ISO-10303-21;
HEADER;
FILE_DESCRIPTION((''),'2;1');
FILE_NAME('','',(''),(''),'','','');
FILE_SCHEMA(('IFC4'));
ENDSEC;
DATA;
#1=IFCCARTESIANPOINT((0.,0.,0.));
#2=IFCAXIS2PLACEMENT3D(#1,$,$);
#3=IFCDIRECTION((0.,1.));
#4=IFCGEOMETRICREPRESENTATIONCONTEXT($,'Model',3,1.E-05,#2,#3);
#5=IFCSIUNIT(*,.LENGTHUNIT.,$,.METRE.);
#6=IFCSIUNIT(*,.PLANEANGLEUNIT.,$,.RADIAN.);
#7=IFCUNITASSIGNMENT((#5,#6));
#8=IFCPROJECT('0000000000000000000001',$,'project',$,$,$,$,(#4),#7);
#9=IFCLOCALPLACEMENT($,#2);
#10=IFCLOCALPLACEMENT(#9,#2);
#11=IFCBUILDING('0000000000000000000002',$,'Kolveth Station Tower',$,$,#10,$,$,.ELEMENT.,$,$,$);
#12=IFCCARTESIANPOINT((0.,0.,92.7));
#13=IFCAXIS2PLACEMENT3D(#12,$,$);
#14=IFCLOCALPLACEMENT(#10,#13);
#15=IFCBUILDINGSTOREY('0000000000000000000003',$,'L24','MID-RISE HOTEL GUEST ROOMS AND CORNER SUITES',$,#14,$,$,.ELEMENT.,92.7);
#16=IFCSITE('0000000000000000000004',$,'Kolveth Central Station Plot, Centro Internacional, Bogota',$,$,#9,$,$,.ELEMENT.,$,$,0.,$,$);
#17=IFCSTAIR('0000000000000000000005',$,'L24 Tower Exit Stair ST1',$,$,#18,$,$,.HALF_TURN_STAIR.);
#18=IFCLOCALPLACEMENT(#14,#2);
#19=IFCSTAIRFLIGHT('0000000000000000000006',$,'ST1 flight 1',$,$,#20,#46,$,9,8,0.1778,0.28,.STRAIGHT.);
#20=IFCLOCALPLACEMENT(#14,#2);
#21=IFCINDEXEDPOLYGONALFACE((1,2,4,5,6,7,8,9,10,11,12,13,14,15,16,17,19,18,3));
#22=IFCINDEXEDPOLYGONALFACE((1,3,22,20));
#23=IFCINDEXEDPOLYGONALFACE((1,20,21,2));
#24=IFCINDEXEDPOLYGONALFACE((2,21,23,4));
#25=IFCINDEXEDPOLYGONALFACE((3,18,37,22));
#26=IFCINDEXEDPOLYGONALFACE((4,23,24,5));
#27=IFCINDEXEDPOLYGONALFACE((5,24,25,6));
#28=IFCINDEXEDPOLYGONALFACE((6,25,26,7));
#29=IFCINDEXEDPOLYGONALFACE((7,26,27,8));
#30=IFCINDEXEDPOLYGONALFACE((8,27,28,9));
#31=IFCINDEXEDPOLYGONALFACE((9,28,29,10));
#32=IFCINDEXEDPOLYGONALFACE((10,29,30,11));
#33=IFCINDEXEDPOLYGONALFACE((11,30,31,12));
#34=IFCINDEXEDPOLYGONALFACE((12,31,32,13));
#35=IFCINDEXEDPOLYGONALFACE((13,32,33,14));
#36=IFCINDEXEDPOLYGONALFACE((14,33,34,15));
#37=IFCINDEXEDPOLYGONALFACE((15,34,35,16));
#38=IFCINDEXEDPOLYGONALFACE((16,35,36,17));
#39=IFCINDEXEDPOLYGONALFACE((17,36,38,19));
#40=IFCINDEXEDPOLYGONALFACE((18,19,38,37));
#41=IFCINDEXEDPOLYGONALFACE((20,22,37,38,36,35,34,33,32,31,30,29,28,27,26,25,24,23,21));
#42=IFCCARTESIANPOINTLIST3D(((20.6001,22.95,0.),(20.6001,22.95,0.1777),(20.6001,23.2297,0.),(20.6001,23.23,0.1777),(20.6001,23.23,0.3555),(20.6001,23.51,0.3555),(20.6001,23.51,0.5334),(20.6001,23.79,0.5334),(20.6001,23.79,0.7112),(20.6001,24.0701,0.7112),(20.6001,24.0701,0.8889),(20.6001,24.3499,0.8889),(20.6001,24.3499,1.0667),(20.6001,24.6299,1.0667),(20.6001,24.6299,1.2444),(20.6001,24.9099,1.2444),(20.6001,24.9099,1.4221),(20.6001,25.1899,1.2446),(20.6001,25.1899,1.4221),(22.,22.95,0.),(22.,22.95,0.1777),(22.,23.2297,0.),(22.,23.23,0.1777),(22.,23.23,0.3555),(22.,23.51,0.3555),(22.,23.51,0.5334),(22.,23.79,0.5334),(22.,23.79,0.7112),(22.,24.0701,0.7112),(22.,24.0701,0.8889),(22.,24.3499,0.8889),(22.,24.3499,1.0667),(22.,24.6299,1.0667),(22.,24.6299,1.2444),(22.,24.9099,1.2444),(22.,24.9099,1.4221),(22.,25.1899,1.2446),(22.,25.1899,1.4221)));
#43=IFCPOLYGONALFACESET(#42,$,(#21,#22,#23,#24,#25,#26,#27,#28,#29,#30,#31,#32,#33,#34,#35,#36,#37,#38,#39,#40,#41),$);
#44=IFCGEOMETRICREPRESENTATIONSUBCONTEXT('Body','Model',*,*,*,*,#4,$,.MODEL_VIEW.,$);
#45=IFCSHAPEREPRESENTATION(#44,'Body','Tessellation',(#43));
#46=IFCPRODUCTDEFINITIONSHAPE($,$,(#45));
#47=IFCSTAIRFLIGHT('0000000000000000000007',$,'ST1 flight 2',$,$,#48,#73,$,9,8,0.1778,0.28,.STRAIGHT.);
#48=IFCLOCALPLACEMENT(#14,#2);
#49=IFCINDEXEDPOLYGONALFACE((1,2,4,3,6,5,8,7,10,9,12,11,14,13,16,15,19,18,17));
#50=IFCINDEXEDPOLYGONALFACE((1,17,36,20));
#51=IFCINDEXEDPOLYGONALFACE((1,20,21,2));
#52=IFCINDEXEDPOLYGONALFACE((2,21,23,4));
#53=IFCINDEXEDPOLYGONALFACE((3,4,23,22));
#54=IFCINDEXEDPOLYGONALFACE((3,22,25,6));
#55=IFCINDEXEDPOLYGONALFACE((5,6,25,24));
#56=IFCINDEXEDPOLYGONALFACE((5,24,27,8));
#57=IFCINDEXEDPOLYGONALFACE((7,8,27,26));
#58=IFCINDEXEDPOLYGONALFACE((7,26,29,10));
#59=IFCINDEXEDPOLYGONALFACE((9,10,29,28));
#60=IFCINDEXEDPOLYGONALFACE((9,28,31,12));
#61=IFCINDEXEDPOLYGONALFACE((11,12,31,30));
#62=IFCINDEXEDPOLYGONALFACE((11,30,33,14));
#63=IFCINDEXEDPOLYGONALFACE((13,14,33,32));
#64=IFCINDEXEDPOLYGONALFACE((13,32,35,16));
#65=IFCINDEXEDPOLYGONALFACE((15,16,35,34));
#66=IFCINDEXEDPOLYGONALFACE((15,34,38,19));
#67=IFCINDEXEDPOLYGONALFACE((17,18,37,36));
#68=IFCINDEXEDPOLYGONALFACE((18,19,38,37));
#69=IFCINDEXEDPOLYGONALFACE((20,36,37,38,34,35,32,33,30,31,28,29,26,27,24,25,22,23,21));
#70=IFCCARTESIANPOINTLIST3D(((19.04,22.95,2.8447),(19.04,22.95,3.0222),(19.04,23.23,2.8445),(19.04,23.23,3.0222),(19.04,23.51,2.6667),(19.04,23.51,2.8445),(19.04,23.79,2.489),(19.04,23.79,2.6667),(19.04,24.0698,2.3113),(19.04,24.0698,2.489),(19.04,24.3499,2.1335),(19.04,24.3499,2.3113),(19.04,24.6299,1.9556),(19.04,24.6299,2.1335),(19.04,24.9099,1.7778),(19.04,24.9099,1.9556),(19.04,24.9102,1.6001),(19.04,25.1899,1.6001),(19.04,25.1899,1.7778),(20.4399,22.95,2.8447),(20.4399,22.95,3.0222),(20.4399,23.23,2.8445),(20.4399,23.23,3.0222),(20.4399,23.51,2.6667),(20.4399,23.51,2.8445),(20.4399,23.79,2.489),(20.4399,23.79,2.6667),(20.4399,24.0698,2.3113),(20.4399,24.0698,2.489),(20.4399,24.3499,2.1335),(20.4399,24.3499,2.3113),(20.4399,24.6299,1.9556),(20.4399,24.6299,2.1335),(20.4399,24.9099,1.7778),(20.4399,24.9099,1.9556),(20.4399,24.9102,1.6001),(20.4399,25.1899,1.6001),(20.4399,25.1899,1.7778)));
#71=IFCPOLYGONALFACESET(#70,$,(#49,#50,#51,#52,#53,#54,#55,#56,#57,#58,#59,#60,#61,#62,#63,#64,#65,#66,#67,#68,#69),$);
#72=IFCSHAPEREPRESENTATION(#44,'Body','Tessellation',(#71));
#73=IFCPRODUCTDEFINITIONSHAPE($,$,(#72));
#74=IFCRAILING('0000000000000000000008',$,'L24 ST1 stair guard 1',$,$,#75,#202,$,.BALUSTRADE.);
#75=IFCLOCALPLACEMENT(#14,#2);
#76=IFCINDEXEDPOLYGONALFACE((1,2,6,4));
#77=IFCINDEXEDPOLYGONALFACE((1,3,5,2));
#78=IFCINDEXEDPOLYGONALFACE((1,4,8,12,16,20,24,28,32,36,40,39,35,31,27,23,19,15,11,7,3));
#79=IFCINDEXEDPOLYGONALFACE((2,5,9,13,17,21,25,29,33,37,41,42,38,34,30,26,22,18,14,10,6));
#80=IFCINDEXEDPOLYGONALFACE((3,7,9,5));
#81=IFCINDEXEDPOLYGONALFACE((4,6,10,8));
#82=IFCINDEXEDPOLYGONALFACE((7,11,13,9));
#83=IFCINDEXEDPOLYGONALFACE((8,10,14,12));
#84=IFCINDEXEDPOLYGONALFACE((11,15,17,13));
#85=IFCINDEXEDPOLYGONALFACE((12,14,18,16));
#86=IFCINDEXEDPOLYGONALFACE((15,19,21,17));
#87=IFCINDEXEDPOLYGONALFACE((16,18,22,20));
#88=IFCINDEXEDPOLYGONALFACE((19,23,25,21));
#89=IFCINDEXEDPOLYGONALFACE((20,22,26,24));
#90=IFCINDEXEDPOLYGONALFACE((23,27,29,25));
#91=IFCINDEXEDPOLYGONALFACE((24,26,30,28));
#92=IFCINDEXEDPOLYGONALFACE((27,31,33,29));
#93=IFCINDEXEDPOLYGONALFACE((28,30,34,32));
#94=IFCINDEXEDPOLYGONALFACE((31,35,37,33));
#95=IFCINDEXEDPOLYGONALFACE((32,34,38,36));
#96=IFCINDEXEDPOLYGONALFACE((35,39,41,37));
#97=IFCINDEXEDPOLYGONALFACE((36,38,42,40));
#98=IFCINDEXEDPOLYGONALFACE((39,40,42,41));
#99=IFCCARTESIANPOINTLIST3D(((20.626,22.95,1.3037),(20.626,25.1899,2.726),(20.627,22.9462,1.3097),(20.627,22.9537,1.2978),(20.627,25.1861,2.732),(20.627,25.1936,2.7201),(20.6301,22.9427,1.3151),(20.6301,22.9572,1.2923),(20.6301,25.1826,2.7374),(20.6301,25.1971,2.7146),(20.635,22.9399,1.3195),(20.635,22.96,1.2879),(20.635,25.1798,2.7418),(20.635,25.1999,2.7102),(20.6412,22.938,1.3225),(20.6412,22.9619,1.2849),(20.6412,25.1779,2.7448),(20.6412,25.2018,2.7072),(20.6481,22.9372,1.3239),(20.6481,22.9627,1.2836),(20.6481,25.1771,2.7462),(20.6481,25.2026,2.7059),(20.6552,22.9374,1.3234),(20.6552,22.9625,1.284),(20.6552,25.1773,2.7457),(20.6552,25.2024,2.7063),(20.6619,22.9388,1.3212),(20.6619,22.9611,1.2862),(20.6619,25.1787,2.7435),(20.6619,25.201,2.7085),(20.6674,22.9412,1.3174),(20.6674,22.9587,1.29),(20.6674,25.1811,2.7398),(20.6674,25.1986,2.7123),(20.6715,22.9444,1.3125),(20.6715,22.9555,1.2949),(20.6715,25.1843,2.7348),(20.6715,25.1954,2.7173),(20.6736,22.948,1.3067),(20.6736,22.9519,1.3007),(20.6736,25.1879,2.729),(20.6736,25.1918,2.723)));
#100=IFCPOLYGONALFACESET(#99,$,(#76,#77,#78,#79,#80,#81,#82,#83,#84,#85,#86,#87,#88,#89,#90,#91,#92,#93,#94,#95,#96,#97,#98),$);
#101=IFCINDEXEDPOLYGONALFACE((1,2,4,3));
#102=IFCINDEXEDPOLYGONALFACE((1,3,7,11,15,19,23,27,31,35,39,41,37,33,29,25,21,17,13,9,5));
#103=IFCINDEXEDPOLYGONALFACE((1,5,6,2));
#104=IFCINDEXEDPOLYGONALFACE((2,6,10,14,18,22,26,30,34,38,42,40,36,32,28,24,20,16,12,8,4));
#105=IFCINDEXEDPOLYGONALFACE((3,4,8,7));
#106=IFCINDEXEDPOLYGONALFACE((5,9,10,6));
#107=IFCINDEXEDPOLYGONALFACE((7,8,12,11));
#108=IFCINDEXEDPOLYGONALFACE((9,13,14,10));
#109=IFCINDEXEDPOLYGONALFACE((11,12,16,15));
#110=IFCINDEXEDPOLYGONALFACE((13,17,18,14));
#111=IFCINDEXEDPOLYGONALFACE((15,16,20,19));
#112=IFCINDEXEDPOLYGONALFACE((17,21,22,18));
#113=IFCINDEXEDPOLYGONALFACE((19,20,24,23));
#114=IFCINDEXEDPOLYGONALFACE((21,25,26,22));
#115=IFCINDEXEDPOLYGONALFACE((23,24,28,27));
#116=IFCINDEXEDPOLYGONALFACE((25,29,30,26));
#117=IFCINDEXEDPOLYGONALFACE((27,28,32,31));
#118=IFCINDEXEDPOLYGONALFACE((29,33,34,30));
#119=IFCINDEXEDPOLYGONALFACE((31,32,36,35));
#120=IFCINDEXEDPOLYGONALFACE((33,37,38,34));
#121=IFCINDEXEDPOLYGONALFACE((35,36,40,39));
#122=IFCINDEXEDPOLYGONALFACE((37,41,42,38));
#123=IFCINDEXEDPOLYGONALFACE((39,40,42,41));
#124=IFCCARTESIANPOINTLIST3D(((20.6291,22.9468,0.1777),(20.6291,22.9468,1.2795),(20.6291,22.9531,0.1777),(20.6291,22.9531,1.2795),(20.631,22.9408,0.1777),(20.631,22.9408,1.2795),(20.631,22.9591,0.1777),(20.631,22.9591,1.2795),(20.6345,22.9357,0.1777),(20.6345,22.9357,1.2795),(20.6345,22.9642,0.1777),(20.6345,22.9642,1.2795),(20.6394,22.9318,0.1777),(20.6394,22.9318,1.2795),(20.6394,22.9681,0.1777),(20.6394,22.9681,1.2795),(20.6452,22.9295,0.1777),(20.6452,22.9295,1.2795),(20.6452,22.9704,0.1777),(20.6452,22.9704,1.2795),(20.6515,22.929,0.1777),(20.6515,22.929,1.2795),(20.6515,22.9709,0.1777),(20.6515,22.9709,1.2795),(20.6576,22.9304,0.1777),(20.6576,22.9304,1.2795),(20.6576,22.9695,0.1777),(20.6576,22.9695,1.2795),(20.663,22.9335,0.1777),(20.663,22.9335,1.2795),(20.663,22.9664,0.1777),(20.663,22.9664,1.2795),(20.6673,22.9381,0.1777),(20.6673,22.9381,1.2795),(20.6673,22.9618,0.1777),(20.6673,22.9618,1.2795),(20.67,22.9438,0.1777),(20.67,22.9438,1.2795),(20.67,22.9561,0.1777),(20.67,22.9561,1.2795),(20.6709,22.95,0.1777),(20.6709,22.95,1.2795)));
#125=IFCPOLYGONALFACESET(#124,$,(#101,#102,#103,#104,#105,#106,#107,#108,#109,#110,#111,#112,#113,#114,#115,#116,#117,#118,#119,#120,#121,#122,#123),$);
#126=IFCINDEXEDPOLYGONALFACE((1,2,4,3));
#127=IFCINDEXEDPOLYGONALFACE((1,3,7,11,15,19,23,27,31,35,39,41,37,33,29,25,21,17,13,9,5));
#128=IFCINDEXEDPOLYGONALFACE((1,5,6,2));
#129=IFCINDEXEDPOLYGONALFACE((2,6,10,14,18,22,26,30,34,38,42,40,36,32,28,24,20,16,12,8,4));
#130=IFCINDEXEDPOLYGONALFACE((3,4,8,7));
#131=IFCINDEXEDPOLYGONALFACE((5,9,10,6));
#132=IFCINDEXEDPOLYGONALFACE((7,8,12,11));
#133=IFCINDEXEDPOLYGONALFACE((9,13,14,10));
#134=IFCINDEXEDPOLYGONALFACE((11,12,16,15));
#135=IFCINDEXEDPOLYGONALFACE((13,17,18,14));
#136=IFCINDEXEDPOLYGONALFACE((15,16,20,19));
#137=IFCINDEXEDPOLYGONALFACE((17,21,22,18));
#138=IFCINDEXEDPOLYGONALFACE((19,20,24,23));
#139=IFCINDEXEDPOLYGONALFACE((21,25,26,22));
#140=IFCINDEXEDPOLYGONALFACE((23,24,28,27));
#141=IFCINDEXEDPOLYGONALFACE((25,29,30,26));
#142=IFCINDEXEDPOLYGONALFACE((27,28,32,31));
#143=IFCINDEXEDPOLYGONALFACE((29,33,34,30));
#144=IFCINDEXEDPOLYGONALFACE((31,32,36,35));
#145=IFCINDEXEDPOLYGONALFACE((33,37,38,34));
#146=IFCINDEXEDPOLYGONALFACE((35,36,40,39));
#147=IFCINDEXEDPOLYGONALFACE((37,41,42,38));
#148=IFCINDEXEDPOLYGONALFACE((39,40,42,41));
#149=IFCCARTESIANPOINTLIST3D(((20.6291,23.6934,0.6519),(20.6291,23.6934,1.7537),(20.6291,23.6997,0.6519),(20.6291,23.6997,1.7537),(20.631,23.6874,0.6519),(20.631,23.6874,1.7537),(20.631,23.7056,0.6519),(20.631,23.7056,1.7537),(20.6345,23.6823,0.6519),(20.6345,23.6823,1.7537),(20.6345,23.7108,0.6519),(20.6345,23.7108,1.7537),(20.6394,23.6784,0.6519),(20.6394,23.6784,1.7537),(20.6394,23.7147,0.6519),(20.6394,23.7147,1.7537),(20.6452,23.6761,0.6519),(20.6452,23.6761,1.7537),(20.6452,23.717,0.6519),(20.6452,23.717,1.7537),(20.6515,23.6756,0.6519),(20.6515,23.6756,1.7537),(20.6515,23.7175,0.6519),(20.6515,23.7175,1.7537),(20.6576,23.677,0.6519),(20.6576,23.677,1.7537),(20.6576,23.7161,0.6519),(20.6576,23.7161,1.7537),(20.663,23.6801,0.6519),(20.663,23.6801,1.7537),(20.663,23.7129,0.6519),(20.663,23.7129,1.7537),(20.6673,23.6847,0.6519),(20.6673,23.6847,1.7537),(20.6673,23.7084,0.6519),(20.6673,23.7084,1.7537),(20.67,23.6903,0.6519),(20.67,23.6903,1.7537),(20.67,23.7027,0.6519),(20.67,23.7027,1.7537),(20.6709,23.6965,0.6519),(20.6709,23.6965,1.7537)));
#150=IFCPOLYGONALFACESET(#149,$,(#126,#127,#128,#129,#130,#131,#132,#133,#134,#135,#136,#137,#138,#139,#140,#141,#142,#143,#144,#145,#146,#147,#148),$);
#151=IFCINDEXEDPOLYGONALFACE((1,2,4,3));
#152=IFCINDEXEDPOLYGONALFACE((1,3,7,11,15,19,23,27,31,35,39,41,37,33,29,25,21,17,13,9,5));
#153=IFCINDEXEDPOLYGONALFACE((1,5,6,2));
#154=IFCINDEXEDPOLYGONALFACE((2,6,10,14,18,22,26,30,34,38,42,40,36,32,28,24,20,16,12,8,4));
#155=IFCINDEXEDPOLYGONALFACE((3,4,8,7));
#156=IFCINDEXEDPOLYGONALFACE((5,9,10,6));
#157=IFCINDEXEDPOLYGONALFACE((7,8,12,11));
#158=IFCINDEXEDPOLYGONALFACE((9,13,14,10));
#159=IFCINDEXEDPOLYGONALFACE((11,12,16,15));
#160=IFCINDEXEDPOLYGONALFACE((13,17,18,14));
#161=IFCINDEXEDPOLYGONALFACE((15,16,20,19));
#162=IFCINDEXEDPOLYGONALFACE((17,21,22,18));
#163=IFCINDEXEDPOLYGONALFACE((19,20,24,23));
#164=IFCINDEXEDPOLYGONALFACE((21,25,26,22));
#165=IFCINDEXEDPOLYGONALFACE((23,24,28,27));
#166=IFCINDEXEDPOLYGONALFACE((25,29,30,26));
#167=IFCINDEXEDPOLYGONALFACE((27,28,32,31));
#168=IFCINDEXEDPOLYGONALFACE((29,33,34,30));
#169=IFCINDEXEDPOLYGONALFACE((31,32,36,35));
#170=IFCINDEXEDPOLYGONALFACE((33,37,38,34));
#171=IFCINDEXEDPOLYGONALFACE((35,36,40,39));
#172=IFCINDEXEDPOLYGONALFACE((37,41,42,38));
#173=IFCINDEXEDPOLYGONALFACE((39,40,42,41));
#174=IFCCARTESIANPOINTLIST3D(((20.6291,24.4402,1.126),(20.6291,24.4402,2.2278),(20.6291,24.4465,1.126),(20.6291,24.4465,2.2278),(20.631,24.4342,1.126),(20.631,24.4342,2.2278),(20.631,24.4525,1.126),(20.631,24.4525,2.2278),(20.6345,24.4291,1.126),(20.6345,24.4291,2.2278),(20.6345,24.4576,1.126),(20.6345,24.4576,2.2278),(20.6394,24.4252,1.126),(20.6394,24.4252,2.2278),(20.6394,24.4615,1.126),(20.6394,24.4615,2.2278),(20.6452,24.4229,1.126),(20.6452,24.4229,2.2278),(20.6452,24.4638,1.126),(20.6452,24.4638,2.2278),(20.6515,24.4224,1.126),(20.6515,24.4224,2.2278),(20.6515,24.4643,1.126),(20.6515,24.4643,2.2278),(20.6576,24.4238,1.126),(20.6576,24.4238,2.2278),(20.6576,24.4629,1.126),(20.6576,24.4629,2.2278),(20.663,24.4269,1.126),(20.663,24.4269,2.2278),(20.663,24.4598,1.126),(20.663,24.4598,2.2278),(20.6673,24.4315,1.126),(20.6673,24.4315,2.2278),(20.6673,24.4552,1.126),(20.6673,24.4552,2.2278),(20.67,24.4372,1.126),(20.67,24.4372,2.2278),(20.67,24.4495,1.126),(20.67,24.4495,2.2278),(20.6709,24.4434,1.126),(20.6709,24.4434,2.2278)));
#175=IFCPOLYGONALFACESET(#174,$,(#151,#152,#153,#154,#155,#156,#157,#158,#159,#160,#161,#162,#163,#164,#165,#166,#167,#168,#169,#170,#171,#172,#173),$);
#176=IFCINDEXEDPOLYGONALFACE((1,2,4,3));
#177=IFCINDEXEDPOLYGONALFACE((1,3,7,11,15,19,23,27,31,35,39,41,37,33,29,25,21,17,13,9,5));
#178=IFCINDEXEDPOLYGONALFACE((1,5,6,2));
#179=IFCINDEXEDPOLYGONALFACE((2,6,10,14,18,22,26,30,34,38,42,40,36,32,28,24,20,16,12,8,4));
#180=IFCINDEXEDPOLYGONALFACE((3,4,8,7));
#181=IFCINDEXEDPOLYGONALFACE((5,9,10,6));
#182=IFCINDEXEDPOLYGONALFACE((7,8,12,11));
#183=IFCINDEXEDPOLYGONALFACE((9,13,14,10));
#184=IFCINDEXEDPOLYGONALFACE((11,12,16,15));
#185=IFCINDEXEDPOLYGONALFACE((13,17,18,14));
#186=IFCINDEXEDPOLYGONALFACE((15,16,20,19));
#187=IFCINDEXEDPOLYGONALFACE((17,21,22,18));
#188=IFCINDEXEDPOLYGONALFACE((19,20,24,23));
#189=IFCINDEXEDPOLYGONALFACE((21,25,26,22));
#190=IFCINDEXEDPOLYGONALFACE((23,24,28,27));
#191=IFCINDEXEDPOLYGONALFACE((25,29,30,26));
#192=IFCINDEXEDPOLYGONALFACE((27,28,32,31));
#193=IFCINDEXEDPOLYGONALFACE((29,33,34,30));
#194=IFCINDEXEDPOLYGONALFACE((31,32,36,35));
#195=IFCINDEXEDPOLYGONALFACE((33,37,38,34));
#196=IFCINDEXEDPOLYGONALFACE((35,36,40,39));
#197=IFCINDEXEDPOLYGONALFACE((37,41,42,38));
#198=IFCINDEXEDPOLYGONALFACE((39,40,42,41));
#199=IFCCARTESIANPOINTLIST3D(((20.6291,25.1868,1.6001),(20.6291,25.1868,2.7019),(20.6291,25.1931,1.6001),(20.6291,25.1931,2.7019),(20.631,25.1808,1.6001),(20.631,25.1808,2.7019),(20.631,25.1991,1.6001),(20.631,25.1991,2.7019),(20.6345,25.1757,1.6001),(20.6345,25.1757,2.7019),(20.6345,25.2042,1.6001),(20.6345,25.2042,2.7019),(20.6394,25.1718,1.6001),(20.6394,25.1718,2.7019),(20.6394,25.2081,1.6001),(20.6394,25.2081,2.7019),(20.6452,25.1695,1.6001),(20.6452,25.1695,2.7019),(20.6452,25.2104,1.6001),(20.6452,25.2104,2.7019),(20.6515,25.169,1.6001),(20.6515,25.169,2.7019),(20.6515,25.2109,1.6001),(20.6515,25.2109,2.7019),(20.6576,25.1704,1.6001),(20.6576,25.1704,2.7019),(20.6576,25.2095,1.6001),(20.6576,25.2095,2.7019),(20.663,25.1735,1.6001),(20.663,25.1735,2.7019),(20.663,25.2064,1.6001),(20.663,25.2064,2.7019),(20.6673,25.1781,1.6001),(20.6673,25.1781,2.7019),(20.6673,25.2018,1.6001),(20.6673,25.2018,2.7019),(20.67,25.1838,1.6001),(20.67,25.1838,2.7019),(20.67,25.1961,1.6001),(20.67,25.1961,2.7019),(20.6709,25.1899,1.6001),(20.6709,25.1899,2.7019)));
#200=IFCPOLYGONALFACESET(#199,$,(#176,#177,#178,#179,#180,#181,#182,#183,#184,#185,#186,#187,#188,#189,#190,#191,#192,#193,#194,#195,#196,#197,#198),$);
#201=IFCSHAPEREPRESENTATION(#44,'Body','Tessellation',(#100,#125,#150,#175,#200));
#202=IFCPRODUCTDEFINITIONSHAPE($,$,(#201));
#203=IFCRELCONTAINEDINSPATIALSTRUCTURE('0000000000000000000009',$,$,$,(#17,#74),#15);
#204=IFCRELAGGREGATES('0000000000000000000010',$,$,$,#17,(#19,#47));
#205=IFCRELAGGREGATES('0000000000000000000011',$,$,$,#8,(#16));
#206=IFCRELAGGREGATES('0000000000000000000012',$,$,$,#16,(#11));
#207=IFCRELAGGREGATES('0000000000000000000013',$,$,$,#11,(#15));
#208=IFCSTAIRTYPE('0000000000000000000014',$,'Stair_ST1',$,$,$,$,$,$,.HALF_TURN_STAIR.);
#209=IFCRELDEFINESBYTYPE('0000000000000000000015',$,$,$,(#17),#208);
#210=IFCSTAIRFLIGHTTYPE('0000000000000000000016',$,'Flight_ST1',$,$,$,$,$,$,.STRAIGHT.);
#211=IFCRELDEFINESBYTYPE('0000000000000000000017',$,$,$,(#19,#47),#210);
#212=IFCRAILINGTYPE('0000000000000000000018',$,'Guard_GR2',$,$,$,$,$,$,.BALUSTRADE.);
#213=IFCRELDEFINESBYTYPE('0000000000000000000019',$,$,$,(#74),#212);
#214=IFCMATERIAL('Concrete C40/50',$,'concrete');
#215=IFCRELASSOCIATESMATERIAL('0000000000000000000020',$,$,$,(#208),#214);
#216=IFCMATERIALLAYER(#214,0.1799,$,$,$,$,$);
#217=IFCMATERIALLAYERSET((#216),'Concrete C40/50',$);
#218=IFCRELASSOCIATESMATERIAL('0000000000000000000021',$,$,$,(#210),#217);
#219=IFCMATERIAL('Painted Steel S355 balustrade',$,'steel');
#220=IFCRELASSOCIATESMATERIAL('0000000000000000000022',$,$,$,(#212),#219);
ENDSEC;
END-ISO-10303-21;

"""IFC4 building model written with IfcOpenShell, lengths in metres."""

from ifc_helpers import new_model, si_unit, direction, frame, origin, origin_2d, place, context, subcontext, project, spatial, polyline, circle, outline, extrude, material, layer, layer_set, type_object, element, aggregate, save


model = new_model("IFC4")

# Units and contexts
model_context = context("Model", 3, precision=1e-05, world=origin(), true_north=direction((0.0, 1.0)))
body_context = subcontext(model_context, "Body", "Model", "MODEL_VIEW")
ifc_project = project(units=[si_unit("LENGTHUNIT", "METRE"), si_unit("PLANEANGLEUNIT", "RADIAN")], contexts=[model_context])

# Site, building, storey
site_placement = place(None, origin())
site = spatial("IfcSite", under=ifc_project, at=site_placement, Name="Kolveth Central Station Plot, Centro Internacional, Bogota", CompositionType="ELEMENT", RefElevation=0.0)
building_placement = place(site_placement, origin())
building = spatial("IfcBuilding", under=site, at=building_placement, Name="Kolveth Station Tower", CompositionType="ELEMENT")
storey_placement = place(building_placement, frame((0.0, 0.0, 92.7)))
storey = spatial("IfcBuildingStorey", under=building, at=storey_placement, Name="L24", Description="MID-RISE HOTEL GUEST ROOMS AND CORNER SUITES", CompositionType="ELEMENT", Elevation=92.7)

# Shared definitions
ifc_material_1 = material(Name="Concrete C40/50", Category="concrete")

# Stair, stair flights
stair_type = type_object("IfcStairType", Name="Stair_ST1", PredefinedType="HALF_TURN_STAIR", material=ifc_material_1)
stair_placement = place(storey_placement, origin())
stair = element("IfcStair", 1, at=stair_placement, inside=storey, type_object=stair_type, Name="L24 Tower Exit Stair ST1", PredefinedType="HALF_TURN_STAIR")
ifc_layer_1 = layer(ifc_material_1, 0.1799)
ifc_layer_set_1 = layer_set([ifc_layer_1], Name="Concrete C40/50")
stair_flight_type = type_object("IfcStairFlightType", Name="Flight_ST1", PredefinedType="STRAIGHT", material=ifc_layer_set_1)
stair_flight_1_placement = place(storey_placement, frame((21.3, 22.95, 0.0), z_axis=(0.0, 0.0, 1.0), x_axis=(0.0, 1.0, 0.0)))
stair_flight_1 = element("IfcStairFlight", 2, at=stair_flight_1_placement, type_object=stair_flight_type, Name="ST1 flight 1", NumberOfRisers=9, NumberOfTreads=8, PredefinedType="STRAIGHT", RiserHeight=0.1778, TreadLength=0.28, context=body_context, shape_type="SweptSolid", body=[
    extrude(outline(polyline([(0.0, 0.0), (0.0, 0.1777), (0.28, 0.1777), (0.28, 0.3555), (0.5601, 0.3555), (0.5601, 0.5334), (0.8401, 0.5334), (0.8401, 0.7112), (1.1201, 0.7112), (1.1201, 0.8889), (1.3999, 0.8889), (1.3999, 1.0667), (1.6799, 1.0667), (1.6799, 1.2444), (1.96, 1.2444), (1.96, 1.4221), (2.24, 1.4221), (2.24, 1.6001), (2.24, 1.2446), (0.2798, 0.0), (0.0, 0.0)])), frame((0.0, 0.7, 0.0), z_axis=(0.0, -1.0, 0.0), x_axis=(1.0, 0.0, 0.0)), (0.0, 0.0, 1.0), 1.3999),
])
stair_flight_2_placement = place(storey_placement, frame((19.74, 25.1899, 1.6001), z_axis=(0.0, 0.0, 1.0), x_axis=(0.0, -1.0, 0.0)))
stair_flight_2 = element("IfcStairFlight", 3, at=stair_flight_2_placement, type_object=stair_flight_type, Name="ST1 flight 2", NumberOfRisers=9, NumberOfTreads=8, PredefinedType="STRAIGHT", RiserHeight=0.1778, TreadLength=0.28, context=body_context, shape_type="SweptSolid", body=[
    extrude(outline(polyline([(0.0, 0.0), (0.0, 0.1777), (0.28, 0.1777), (0.28, 0.3555), (0.5601, 0.3555), (0.5601, 0.5334), (0.8401, 0.5334), (0.8401, 0.7112), (1.1201, 0.7112), (1.1201, 0.8889), (1.3999, 0.8889), (1.3999, 1.0667), (1.6799, 1.0667), (1.6799, 1.2444), (1.96, 1.2444), (1.96, 1.4221), (2.24, 1.4221), (2.24, 1.6001), (2.24, 1.2446), (0.2798, 0.0), (0.0, 0.0)])), frame((0.0, 0.7, 0.0), z_axis=(0.0, -1.0, 0.0), x_axis=(1.0, 0.0, 0.0)), (0.0, 0.0, 1.0), 1.3999),
])
aggregate(stair, [stair_flight_1, stair_flight_2])

# Railing
ifc_material_2 = material(Name="Painted Steel S355 balustrade", Category="steel")
railing_type_1 = type_object("IfcRailingType", Name="Guard_GR2", PredefinedType="BALUSTRADE", material=ifc_material_2)
railing_1_placement = place(storey_placement, frame((20.6499, 22.95, 0.1777)))
element("IfcRailing", 4, at=railing_1_placement, inside=storey, type_object=railing_type_1, Name="L24 ST1 stair guard 1", PredefinedType="BALUSTRADE", context=body_context, shape_type="SweptSolid", body=[
    extrude(circle(Radius=0.0239, at=origin_2d()), frame((0.0, 0.0, 1.126), z_axis=(0.0, 0.844188, 0.536048), x_axis=(-1.0, 0.0, 0.0)), (0.0, 0.0, 1.0), 2.6533),
    extrude(circle(Radius=0.021, at=origin_2d()), origin(), (0.0, 0.0, 1.0), 1.1018),
    extrude(circle(Radius=0.021, at=origin_2d()), frame((0.0, 0.7466, 0.4741)), (0.0, 0.0, 1.0), 1.1018),
    extrude(circle(Radius=0.021, at=origin_2d()), frame((0.0, 1.4934, 0.9482)), (0.0, 0.0, 1.0), 1.1018),
    extrude(circle(Radius=0.021, at=origin_2d()), frame((0.0, 2.24, 1.4224)), (0.0, 0.0, 1.0), 1.1018),
])

save(model, "model.ifc")
